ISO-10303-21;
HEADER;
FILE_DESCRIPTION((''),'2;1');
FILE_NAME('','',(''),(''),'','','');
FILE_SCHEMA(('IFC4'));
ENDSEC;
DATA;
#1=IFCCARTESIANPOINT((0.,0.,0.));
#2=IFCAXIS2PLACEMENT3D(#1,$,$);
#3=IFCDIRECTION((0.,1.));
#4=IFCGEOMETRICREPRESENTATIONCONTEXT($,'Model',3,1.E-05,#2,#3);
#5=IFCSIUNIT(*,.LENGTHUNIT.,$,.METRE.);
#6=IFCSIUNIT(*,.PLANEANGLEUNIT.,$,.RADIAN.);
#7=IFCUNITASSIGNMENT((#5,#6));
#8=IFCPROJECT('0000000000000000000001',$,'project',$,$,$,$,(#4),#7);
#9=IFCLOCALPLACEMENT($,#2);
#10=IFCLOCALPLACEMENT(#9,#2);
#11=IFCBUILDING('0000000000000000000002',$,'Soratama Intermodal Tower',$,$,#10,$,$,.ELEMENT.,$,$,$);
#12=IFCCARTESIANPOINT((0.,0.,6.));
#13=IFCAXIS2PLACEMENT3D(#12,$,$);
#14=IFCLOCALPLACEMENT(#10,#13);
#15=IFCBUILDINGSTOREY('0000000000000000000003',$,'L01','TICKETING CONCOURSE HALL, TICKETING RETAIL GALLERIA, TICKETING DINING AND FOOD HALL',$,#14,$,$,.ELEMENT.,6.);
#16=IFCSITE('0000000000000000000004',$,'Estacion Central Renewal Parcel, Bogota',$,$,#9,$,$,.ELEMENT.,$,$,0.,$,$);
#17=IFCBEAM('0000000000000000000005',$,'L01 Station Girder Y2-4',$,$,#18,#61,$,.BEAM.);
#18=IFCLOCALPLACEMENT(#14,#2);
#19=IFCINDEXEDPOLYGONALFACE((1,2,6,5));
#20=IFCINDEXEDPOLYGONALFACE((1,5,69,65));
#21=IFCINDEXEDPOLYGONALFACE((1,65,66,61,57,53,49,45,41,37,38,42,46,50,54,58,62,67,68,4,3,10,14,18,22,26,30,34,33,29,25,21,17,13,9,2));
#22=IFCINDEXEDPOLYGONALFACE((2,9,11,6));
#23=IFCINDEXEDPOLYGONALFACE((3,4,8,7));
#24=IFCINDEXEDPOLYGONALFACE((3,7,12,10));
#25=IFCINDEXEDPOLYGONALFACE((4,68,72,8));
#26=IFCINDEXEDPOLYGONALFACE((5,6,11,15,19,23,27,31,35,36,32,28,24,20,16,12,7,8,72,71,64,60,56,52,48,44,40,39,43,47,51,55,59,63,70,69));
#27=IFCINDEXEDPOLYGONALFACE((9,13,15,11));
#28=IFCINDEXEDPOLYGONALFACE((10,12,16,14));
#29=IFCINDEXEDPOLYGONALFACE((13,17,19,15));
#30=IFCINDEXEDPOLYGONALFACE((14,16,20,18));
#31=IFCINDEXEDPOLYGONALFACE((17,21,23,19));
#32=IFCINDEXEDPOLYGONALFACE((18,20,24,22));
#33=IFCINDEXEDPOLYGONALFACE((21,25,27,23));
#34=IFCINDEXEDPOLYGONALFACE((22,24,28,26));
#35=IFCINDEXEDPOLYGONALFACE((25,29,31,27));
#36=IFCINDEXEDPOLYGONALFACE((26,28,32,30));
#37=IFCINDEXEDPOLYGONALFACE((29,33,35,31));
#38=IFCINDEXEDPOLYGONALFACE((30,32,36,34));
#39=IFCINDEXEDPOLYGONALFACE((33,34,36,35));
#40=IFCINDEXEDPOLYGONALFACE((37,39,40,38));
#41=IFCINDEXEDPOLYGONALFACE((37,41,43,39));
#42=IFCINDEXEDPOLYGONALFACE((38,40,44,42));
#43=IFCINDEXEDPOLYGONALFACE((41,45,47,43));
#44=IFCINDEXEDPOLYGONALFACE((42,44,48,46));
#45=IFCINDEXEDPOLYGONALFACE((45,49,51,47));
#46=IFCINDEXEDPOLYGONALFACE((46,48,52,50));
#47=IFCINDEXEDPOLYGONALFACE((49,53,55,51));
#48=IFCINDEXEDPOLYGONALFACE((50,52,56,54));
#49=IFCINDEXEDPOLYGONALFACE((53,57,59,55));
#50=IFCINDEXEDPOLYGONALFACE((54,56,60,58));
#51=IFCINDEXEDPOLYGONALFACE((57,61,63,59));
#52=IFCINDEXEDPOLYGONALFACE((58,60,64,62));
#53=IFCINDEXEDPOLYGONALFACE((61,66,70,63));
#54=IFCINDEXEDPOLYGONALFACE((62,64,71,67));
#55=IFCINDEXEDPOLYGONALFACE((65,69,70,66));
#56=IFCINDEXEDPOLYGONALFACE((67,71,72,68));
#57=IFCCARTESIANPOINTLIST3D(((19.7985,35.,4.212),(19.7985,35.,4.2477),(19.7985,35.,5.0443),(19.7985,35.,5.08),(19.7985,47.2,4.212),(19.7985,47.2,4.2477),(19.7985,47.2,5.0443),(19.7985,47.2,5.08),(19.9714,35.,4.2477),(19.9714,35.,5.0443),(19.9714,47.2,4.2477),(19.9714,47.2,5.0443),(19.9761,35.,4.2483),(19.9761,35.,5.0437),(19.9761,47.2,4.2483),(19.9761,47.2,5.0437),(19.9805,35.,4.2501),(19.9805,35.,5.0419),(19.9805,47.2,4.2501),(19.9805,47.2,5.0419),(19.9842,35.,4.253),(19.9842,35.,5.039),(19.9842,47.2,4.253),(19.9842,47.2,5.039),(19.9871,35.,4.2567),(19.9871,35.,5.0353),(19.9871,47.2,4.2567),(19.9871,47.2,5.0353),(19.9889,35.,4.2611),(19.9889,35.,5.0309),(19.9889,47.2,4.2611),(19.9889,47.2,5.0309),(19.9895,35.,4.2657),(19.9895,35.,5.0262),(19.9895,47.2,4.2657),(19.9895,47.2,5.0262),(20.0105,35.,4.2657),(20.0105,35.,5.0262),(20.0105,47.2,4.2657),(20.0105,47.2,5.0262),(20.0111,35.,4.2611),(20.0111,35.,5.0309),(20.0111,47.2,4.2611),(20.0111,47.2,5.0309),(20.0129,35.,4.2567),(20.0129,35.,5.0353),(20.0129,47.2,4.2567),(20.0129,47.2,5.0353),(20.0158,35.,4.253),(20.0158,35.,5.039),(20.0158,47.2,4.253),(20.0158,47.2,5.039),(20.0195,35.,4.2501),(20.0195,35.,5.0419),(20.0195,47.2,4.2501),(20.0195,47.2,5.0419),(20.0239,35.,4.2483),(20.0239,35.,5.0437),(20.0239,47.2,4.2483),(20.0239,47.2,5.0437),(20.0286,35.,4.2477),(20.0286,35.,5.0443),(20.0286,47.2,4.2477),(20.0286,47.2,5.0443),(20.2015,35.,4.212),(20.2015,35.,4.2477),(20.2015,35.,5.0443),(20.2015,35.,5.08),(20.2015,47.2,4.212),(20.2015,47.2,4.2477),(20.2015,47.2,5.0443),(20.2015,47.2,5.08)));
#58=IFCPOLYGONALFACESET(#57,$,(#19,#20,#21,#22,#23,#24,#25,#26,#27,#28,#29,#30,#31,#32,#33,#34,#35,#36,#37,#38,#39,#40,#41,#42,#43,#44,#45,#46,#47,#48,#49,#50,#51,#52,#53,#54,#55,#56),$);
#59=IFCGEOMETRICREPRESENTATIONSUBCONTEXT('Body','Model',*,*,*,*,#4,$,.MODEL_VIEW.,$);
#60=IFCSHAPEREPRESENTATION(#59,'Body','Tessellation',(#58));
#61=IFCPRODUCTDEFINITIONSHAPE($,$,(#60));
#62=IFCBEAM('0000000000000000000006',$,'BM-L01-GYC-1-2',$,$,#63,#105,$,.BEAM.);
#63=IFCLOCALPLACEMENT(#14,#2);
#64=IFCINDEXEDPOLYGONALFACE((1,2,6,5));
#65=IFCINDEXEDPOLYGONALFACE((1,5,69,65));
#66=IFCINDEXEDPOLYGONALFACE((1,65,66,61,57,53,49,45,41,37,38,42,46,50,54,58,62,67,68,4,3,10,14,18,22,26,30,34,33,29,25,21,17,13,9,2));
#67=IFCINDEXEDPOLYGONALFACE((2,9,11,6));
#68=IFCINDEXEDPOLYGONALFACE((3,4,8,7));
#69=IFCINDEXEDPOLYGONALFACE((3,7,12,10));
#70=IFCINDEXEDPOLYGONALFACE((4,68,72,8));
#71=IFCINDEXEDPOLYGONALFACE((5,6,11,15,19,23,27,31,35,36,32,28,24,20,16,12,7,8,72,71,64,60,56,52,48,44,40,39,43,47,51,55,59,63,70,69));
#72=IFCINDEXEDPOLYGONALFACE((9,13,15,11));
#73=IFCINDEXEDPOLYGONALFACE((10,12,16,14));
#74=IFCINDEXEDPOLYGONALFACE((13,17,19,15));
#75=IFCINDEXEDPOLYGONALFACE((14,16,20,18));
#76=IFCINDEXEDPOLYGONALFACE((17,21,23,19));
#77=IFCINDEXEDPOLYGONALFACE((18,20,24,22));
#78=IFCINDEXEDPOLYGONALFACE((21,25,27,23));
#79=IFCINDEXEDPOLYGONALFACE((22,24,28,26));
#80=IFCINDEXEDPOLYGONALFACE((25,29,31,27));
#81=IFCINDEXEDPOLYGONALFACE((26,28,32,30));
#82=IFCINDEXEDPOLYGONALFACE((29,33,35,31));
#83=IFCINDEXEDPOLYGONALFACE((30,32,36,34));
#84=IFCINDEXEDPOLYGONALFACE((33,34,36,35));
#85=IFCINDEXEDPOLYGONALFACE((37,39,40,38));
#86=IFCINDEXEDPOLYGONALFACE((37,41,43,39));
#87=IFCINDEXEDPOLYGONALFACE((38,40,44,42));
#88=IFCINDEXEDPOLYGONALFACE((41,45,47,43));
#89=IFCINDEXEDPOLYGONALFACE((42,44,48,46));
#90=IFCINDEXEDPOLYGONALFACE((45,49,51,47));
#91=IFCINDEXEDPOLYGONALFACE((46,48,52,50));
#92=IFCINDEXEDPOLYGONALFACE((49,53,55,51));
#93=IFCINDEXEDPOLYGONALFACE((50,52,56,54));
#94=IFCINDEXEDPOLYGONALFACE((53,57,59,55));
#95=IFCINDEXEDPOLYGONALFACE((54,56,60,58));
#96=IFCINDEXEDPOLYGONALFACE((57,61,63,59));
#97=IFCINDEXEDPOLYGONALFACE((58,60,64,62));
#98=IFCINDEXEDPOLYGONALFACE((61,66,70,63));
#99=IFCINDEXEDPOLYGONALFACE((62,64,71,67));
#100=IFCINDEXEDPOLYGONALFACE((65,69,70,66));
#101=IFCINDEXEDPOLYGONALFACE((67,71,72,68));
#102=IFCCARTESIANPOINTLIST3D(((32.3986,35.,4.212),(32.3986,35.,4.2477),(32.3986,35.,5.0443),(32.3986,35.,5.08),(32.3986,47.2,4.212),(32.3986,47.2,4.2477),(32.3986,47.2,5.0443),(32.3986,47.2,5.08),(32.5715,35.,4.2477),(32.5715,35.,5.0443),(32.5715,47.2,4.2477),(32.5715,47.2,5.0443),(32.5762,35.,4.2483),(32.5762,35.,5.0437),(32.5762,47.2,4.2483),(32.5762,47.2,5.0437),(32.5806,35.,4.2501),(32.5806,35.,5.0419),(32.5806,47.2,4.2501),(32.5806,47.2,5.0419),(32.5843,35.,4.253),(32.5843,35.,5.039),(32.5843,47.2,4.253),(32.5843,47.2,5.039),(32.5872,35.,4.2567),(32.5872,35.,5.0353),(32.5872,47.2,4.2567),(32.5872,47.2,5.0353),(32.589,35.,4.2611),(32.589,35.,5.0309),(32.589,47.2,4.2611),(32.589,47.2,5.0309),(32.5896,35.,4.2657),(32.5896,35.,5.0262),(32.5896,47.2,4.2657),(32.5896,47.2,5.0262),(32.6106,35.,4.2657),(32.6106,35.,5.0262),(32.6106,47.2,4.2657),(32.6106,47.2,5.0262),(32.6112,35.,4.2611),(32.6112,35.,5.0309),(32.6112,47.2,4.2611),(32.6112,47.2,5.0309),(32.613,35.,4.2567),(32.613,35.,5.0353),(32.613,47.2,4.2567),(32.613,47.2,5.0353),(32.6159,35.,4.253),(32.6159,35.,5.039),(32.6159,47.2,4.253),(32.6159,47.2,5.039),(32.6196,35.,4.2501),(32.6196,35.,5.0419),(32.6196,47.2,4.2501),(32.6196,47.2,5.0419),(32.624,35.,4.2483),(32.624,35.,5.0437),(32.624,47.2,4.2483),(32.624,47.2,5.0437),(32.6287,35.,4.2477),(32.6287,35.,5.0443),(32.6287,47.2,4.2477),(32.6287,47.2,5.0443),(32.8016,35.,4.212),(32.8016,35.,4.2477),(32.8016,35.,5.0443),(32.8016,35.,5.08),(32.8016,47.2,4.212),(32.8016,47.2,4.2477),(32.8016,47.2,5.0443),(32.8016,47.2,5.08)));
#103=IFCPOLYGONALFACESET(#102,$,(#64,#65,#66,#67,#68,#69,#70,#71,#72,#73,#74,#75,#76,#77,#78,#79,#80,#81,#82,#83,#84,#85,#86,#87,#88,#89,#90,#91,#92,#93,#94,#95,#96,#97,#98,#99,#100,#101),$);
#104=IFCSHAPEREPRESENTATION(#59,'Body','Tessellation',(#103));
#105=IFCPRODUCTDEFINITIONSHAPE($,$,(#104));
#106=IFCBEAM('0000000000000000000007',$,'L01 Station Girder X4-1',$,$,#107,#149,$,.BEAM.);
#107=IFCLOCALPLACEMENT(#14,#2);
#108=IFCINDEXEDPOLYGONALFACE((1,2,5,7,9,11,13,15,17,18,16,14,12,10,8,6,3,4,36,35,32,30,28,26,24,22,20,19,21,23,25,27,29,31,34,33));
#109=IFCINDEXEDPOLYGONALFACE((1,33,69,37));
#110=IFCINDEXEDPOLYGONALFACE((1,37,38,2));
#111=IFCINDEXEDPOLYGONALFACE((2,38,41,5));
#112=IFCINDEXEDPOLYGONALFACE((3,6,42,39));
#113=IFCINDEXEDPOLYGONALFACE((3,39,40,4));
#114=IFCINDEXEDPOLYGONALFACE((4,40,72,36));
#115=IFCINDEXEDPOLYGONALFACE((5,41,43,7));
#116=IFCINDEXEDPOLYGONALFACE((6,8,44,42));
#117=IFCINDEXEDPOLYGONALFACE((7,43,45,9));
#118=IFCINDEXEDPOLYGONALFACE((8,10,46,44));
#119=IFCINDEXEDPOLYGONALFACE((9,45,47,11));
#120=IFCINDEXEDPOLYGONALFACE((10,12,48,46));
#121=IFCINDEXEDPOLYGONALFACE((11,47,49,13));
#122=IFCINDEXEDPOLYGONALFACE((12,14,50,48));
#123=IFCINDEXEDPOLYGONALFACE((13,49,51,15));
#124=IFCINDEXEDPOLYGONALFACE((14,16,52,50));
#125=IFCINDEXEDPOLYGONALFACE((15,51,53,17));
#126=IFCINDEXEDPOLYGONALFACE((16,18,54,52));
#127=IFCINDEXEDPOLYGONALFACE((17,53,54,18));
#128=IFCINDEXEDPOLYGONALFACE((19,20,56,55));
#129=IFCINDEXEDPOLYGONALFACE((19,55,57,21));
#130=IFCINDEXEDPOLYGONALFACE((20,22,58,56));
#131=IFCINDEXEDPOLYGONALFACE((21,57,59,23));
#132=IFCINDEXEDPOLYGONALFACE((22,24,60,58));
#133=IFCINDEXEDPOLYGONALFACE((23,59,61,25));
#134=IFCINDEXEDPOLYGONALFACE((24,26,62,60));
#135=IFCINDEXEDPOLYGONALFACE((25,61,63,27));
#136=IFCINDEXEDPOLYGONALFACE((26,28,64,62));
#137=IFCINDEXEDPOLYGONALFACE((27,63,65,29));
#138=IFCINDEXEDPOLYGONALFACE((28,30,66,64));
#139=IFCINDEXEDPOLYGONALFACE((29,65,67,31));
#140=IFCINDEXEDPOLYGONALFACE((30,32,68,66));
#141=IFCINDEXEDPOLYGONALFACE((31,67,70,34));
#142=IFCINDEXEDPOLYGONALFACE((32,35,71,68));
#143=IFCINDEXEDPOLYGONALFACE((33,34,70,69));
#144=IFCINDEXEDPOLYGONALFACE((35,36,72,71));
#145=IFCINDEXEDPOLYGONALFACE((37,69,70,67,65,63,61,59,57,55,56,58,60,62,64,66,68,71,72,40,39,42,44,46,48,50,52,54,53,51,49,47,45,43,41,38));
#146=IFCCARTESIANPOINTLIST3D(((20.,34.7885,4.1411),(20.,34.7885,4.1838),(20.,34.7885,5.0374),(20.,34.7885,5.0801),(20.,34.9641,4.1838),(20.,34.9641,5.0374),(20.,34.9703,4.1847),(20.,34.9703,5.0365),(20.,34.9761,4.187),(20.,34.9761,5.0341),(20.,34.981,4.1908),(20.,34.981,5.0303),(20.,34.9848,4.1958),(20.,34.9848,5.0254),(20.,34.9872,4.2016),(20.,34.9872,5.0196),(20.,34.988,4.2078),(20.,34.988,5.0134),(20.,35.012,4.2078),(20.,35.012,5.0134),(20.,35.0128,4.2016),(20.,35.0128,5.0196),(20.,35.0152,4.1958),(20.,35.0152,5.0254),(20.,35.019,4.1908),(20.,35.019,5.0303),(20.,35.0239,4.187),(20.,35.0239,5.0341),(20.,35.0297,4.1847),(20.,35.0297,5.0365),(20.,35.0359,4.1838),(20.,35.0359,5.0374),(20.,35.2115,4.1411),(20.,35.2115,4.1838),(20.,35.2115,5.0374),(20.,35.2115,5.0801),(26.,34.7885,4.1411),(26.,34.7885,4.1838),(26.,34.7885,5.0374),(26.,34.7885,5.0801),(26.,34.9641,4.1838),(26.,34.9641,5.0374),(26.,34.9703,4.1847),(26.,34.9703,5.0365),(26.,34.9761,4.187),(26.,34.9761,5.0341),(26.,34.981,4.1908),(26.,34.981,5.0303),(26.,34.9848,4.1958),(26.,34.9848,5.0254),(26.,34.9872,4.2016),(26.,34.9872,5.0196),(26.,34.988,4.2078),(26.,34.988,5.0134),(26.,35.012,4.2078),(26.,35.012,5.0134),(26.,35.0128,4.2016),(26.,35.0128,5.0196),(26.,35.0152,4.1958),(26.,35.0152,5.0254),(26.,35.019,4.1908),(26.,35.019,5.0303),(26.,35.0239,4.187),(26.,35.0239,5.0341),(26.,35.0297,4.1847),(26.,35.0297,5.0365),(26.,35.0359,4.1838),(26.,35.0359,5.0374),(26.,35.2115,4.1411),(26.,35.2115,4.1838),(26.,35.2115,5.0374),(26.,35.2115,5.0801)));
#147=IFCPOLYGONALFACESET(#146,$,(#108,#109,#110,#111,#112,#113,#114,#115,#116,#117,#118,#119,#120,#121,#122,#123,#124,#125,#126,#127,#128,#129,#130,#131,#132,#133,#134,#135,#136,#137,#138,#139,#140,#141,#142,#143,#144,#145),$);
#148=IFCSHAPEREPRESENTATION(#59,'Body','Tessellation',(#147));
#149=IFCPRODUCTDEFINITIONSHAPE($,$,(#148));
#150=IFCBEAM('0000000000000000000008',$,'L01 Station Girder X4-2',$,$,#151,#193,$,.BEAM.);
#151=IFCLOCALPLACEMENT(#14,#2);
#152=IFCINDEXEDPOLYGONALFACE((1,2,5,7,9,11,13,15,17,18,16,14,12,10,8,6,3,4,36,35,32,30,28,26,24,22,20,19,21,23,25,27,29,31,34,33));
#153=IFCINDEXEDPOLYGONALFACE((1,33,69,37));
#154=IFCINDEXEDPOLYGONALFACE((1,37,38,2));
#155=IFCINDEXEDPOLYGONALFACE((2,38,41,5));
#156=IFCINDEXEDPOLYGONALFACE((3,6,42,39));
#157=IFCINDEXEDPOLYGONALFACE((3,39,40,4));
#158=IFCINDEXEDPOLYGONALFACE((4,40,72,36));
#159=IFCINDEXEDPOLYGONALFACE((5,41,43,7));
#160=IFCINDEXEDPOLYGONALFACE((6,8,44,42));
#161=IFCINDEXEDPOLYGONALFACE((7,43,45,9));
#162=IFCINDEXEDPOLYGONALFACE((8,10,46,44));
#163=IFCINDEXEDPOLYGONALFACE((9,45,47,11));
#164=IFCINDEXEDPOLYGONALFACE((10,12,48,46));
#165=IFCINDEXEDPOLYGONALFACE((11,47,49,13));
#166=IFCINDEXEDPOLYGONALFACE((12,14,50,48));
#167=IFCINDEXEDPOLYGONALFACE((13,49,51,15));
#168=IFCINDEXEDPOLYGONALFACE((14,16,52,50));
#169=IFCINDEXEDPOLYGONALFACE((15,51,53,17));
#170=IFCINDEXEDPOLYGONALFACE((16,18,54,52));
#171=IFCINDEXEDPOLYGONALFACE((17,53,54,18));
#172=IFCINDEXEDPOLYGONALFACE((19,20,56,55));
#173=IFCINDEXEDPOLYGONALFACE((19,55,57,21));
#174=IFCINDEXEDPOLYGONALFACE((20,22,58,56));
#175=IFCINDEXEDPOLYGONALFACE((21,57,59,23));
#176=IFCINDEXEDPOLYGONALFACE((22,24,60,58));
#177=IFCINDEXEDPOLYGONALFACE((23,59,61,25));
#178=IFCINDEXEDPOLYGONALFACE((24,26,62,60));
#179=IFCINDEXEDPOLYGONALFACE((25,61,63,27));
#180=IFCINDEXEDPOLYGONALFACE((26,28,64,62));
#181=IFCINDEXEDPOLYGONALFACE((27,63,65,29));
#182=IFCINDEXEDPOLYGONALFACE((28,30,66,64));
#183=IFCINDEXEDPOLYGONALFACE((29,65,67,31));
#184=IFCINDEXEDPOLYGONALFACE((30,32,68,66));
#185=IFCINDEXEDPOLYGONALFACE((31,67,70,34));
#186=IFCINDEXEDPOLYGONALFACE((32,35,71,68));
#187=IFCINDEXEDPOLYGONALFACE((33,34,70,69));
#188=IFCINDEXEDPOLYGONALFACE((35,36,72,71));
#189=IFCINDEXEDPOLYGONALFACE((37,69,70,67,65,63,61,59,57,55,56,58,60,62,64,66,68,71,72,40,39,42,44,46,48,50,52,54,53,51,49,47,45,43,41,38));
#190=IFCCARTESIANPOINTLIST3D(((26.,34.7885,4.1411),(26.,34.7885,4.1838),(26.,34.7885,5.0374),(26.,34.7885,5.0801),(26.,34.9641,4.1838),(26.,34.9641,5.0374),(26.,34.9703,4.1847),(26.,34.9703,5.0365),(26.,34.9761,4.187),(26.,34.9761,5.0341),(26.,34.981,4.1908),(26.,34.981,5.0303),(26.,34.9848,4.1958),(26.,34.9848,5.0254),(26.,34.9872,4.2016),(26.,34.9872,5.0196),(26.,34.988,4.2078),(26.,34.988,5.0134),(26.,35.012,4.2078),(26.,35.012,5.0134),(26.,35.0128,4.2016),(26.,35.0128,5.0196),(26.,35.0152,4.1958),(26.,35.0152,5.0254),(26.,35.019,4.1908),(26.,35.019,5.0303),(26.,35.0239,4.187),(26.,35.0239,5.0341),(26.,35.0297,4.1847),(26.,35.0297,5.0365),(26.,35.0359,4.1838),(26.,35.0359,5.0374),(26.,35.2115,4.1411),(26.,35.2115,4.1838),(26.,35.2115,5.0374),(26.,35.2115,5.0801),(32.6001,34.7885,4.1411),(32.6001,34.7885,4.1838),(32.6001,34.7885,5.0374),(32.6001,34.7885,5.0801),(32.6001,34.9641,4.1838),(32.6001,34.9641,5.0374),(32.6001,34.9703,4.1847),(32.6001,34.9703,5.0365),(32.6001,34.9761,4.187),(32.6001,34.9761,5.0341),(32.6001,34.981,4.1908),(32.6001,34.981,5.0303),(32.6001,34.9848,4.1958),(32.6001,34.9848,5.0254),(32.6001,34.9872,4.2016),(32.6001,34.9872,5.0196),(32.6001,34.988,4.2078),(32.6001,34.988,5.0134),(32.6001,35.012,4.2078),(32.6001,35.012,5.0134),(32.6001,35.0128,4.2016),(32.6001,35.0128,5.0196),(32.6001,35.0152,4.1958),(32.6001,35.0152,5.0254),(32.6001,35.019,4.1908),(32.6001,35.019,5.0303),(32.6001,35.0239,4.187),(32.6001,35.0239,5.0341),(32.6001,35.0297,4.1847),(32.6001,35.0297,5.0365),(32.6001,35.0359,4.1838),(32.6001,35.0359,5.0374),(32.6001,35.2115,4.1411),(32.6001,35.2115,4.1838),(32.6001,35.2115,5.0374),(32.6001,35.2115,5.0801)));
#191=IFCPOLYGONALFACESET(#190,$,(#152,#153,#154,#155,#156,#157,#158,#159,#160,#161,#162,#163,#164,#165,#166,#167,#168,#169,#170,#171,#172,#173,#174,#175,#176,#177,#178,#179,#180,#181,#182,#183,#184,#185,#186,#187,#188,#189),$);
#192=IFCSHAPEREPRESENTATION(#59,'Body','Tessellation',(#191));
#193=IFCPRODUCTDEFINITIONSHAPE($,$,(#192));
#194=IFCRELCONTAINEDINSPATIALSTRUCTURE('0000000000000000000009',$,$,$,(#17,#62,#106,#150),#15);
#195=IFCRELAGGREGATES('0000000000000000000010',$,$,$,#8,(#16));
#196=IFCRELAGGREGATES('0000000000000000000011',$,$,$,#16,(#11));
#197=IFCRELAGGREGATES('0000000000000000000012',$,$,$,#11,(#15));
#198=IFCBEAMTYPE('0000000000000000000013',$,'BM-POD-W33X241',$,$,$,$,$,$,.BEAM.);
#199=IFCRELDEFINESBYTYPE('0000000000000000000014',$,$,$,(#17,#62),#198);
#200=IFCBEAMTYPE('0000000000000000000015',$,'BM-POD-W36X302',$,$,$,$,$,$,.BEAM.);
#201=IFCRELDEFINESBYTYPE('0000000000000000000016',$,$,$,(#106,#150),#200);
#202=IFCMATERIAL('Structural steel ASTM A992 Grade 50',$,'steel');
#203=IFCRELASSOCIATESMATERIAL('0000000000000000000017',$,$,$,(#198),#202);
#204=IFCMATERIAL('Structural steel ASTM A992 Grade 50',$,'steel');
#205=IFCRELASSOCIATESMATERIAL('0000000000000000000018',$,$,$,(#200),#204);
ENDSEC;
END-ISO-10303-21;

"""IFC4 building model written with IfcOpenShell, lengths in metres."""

from ifc_helpers import new_model, si_unit, direction, frame, origin, origin_2d, place, context, subcontext, project, spatial, i_section, extrude, material, material_profile, profile_set, type_object, element, save


model = new_model("IFC4")

# Units and contexts
model_context = context("Model", 3, precision=1e-05, world=origin(), true_north=direction((0.0, 1.0)))
body_context = subcontext(model_context, "Body", "Model", "MODEL_VIEW")
ifc_project = project(units=[si_unit("LENGTHUNIT", "METRE"), si_unit("PLANEANGLEUNIT", "RADIAN")], contexts=[model_context])

# Site, building, storey
site_placement = place(None, origin())
site = spatial("IfcSite", under=ifc_project, at=site_placement, Name="Estacion Central Renewal Parcel, Bogota", CompositionType="ELEMENT", RefElevation=0.0)
building_placement = place(site_placement, origin())
building = spatial("IfcBuilding", under=site, at=building_placement, Name="Soratama Intermodal Tower", CompositionType="ELEMENT")
storey_placement = place(building_placement, frame((0.0, 0.0, 6.0)))
storey = spatial("IfcBuildingStorey", under=building, at=storey_placement, Name="L01", Description="TICKETING CONCOURSE HALL, TICKETING RETAIL GALLERIA, TICKETING DINING AND FOOD HALL", CompositionType="ELEMENT", Elevation=6.0)

# Beams
ifc_material_1 = material(Name="Structural steel ASTM A992 Grade 50", Category="steel")
ifc_material_profile_1 = material_profile(ifc_material_1, i_section(OverallWidth=0.4031, OverallDepth=0.8679, WebThickness=0.021, FlangeThickness=0.0356, FilletRadius=0.0181, at=origin_2d()), Name="W33X241")
ifc_profile_set_1 = profile_set([ifc_material_profile_1], Name="Structural steel ASTM A992 Grade 50")
beam_type_1 = type_object("IfcBeamType", Name="BM-POD-W33X241", PredefinedType="BEAM", material=ifc_profile_set_1)
for number, where, z_axis, x_axis, name in (
    (1, (20.0, 35.0, 4.646), (0.0, 1.0, 0.0), (-1.0, 0.0, 0.0), "L01 Station Girder Y2-4"),
    (2, (32.6001, 35.0, 4.646), (0.0, 1.0, 0.0), (-1.0, 0.0, 0.0), "BM-L01-GYC-1-2"),
):
    element("IfcBeam", number, at=place(storey_placement, frame(where, z_axis=z_axis, x_axis=x_axis)), inside=storey, type_object=beam_type_1, Name=name, PredefinedType="BEAM", context=body_context, shape_type="SweptSolid", body=[
        extrude(i_section(OverallWidth=0.4031, OverallDepth=0.8679, WebThickness=0.021, FlangeThickness=0.0356, FilletRadius=0.0181, at=origin_2d()), origin(), (0.0, 0.0, 1.0), 12.2),
    ])
ifc_material_2 = material(Name="Structural steel ASTM A992 Grade 50", Category="steel")
ifc_material_profile_2 = material_profile(ifc_material_2, i_section(OverallWidth=0.4231, OverallDepth=0.939, WebThickness=0.0239, FlangeThickness=0.0427, FilletRadius=0.0239, at=origin_2d()), Name="W36X302")
ifc_profile_set_2 = profile_set([ifc_material_profile_2], Name="Structural steel ASTM A992 Grade 50")
beam_type_2 = type_object("IfcBeamType", Name="BM-POD-W36X302", PredefinedType="BEAM", material=ifc_profile_set_2)
beam_1_placement = place(storey_placement, frame((20.0, 35.0, 4.6106), z_axis=(1.0, 0.0, 0.0), x_axis=(0.0, 1.0, 0.0)))
element("IfcBeam", 3, at=beam_1_placement, inside=storey, type_object=beam_type_2, Name="L01 Station Girder X4-1", PredefinedType="BEAM", context=body_context, shape_type="SweptSolid", body=[
    extrude(i_section(OverallWidth=0.4231, OverallDepth=0.939, WebThickness=0.0239, FlangeThickness=0.0427, FilletRadius=0.0239, at=origin_2d()), origin(), (0.0, 0.0, 1.0), 6.0),
])
beam_2_placement = place(storey_placement, frame((26.0, 35.0, 4.6106), z_axis=(1.0, 0.0, 0.0), x_axis=(0.0, 1.0, 0.0)))
element("IfcBeam", 4, at=beam_2_placement, inside=storey, type_object=beam_type_2, Name="L01 Station Girder X4-2", PredefinedType="BEAM", context=body_context, shape_type="SweptSolid", body=[
    extrude(i_section(OverallWidth=0.4231, OverallDepth=0.939, WebThickness=0.0239, FlangeThickness=0.0427, FilletRadius=0.0239, at=origin_2d()), origin(), (0.0, 0.0, 1.0), 6.6001),
])

save(model, "model.ifc")
